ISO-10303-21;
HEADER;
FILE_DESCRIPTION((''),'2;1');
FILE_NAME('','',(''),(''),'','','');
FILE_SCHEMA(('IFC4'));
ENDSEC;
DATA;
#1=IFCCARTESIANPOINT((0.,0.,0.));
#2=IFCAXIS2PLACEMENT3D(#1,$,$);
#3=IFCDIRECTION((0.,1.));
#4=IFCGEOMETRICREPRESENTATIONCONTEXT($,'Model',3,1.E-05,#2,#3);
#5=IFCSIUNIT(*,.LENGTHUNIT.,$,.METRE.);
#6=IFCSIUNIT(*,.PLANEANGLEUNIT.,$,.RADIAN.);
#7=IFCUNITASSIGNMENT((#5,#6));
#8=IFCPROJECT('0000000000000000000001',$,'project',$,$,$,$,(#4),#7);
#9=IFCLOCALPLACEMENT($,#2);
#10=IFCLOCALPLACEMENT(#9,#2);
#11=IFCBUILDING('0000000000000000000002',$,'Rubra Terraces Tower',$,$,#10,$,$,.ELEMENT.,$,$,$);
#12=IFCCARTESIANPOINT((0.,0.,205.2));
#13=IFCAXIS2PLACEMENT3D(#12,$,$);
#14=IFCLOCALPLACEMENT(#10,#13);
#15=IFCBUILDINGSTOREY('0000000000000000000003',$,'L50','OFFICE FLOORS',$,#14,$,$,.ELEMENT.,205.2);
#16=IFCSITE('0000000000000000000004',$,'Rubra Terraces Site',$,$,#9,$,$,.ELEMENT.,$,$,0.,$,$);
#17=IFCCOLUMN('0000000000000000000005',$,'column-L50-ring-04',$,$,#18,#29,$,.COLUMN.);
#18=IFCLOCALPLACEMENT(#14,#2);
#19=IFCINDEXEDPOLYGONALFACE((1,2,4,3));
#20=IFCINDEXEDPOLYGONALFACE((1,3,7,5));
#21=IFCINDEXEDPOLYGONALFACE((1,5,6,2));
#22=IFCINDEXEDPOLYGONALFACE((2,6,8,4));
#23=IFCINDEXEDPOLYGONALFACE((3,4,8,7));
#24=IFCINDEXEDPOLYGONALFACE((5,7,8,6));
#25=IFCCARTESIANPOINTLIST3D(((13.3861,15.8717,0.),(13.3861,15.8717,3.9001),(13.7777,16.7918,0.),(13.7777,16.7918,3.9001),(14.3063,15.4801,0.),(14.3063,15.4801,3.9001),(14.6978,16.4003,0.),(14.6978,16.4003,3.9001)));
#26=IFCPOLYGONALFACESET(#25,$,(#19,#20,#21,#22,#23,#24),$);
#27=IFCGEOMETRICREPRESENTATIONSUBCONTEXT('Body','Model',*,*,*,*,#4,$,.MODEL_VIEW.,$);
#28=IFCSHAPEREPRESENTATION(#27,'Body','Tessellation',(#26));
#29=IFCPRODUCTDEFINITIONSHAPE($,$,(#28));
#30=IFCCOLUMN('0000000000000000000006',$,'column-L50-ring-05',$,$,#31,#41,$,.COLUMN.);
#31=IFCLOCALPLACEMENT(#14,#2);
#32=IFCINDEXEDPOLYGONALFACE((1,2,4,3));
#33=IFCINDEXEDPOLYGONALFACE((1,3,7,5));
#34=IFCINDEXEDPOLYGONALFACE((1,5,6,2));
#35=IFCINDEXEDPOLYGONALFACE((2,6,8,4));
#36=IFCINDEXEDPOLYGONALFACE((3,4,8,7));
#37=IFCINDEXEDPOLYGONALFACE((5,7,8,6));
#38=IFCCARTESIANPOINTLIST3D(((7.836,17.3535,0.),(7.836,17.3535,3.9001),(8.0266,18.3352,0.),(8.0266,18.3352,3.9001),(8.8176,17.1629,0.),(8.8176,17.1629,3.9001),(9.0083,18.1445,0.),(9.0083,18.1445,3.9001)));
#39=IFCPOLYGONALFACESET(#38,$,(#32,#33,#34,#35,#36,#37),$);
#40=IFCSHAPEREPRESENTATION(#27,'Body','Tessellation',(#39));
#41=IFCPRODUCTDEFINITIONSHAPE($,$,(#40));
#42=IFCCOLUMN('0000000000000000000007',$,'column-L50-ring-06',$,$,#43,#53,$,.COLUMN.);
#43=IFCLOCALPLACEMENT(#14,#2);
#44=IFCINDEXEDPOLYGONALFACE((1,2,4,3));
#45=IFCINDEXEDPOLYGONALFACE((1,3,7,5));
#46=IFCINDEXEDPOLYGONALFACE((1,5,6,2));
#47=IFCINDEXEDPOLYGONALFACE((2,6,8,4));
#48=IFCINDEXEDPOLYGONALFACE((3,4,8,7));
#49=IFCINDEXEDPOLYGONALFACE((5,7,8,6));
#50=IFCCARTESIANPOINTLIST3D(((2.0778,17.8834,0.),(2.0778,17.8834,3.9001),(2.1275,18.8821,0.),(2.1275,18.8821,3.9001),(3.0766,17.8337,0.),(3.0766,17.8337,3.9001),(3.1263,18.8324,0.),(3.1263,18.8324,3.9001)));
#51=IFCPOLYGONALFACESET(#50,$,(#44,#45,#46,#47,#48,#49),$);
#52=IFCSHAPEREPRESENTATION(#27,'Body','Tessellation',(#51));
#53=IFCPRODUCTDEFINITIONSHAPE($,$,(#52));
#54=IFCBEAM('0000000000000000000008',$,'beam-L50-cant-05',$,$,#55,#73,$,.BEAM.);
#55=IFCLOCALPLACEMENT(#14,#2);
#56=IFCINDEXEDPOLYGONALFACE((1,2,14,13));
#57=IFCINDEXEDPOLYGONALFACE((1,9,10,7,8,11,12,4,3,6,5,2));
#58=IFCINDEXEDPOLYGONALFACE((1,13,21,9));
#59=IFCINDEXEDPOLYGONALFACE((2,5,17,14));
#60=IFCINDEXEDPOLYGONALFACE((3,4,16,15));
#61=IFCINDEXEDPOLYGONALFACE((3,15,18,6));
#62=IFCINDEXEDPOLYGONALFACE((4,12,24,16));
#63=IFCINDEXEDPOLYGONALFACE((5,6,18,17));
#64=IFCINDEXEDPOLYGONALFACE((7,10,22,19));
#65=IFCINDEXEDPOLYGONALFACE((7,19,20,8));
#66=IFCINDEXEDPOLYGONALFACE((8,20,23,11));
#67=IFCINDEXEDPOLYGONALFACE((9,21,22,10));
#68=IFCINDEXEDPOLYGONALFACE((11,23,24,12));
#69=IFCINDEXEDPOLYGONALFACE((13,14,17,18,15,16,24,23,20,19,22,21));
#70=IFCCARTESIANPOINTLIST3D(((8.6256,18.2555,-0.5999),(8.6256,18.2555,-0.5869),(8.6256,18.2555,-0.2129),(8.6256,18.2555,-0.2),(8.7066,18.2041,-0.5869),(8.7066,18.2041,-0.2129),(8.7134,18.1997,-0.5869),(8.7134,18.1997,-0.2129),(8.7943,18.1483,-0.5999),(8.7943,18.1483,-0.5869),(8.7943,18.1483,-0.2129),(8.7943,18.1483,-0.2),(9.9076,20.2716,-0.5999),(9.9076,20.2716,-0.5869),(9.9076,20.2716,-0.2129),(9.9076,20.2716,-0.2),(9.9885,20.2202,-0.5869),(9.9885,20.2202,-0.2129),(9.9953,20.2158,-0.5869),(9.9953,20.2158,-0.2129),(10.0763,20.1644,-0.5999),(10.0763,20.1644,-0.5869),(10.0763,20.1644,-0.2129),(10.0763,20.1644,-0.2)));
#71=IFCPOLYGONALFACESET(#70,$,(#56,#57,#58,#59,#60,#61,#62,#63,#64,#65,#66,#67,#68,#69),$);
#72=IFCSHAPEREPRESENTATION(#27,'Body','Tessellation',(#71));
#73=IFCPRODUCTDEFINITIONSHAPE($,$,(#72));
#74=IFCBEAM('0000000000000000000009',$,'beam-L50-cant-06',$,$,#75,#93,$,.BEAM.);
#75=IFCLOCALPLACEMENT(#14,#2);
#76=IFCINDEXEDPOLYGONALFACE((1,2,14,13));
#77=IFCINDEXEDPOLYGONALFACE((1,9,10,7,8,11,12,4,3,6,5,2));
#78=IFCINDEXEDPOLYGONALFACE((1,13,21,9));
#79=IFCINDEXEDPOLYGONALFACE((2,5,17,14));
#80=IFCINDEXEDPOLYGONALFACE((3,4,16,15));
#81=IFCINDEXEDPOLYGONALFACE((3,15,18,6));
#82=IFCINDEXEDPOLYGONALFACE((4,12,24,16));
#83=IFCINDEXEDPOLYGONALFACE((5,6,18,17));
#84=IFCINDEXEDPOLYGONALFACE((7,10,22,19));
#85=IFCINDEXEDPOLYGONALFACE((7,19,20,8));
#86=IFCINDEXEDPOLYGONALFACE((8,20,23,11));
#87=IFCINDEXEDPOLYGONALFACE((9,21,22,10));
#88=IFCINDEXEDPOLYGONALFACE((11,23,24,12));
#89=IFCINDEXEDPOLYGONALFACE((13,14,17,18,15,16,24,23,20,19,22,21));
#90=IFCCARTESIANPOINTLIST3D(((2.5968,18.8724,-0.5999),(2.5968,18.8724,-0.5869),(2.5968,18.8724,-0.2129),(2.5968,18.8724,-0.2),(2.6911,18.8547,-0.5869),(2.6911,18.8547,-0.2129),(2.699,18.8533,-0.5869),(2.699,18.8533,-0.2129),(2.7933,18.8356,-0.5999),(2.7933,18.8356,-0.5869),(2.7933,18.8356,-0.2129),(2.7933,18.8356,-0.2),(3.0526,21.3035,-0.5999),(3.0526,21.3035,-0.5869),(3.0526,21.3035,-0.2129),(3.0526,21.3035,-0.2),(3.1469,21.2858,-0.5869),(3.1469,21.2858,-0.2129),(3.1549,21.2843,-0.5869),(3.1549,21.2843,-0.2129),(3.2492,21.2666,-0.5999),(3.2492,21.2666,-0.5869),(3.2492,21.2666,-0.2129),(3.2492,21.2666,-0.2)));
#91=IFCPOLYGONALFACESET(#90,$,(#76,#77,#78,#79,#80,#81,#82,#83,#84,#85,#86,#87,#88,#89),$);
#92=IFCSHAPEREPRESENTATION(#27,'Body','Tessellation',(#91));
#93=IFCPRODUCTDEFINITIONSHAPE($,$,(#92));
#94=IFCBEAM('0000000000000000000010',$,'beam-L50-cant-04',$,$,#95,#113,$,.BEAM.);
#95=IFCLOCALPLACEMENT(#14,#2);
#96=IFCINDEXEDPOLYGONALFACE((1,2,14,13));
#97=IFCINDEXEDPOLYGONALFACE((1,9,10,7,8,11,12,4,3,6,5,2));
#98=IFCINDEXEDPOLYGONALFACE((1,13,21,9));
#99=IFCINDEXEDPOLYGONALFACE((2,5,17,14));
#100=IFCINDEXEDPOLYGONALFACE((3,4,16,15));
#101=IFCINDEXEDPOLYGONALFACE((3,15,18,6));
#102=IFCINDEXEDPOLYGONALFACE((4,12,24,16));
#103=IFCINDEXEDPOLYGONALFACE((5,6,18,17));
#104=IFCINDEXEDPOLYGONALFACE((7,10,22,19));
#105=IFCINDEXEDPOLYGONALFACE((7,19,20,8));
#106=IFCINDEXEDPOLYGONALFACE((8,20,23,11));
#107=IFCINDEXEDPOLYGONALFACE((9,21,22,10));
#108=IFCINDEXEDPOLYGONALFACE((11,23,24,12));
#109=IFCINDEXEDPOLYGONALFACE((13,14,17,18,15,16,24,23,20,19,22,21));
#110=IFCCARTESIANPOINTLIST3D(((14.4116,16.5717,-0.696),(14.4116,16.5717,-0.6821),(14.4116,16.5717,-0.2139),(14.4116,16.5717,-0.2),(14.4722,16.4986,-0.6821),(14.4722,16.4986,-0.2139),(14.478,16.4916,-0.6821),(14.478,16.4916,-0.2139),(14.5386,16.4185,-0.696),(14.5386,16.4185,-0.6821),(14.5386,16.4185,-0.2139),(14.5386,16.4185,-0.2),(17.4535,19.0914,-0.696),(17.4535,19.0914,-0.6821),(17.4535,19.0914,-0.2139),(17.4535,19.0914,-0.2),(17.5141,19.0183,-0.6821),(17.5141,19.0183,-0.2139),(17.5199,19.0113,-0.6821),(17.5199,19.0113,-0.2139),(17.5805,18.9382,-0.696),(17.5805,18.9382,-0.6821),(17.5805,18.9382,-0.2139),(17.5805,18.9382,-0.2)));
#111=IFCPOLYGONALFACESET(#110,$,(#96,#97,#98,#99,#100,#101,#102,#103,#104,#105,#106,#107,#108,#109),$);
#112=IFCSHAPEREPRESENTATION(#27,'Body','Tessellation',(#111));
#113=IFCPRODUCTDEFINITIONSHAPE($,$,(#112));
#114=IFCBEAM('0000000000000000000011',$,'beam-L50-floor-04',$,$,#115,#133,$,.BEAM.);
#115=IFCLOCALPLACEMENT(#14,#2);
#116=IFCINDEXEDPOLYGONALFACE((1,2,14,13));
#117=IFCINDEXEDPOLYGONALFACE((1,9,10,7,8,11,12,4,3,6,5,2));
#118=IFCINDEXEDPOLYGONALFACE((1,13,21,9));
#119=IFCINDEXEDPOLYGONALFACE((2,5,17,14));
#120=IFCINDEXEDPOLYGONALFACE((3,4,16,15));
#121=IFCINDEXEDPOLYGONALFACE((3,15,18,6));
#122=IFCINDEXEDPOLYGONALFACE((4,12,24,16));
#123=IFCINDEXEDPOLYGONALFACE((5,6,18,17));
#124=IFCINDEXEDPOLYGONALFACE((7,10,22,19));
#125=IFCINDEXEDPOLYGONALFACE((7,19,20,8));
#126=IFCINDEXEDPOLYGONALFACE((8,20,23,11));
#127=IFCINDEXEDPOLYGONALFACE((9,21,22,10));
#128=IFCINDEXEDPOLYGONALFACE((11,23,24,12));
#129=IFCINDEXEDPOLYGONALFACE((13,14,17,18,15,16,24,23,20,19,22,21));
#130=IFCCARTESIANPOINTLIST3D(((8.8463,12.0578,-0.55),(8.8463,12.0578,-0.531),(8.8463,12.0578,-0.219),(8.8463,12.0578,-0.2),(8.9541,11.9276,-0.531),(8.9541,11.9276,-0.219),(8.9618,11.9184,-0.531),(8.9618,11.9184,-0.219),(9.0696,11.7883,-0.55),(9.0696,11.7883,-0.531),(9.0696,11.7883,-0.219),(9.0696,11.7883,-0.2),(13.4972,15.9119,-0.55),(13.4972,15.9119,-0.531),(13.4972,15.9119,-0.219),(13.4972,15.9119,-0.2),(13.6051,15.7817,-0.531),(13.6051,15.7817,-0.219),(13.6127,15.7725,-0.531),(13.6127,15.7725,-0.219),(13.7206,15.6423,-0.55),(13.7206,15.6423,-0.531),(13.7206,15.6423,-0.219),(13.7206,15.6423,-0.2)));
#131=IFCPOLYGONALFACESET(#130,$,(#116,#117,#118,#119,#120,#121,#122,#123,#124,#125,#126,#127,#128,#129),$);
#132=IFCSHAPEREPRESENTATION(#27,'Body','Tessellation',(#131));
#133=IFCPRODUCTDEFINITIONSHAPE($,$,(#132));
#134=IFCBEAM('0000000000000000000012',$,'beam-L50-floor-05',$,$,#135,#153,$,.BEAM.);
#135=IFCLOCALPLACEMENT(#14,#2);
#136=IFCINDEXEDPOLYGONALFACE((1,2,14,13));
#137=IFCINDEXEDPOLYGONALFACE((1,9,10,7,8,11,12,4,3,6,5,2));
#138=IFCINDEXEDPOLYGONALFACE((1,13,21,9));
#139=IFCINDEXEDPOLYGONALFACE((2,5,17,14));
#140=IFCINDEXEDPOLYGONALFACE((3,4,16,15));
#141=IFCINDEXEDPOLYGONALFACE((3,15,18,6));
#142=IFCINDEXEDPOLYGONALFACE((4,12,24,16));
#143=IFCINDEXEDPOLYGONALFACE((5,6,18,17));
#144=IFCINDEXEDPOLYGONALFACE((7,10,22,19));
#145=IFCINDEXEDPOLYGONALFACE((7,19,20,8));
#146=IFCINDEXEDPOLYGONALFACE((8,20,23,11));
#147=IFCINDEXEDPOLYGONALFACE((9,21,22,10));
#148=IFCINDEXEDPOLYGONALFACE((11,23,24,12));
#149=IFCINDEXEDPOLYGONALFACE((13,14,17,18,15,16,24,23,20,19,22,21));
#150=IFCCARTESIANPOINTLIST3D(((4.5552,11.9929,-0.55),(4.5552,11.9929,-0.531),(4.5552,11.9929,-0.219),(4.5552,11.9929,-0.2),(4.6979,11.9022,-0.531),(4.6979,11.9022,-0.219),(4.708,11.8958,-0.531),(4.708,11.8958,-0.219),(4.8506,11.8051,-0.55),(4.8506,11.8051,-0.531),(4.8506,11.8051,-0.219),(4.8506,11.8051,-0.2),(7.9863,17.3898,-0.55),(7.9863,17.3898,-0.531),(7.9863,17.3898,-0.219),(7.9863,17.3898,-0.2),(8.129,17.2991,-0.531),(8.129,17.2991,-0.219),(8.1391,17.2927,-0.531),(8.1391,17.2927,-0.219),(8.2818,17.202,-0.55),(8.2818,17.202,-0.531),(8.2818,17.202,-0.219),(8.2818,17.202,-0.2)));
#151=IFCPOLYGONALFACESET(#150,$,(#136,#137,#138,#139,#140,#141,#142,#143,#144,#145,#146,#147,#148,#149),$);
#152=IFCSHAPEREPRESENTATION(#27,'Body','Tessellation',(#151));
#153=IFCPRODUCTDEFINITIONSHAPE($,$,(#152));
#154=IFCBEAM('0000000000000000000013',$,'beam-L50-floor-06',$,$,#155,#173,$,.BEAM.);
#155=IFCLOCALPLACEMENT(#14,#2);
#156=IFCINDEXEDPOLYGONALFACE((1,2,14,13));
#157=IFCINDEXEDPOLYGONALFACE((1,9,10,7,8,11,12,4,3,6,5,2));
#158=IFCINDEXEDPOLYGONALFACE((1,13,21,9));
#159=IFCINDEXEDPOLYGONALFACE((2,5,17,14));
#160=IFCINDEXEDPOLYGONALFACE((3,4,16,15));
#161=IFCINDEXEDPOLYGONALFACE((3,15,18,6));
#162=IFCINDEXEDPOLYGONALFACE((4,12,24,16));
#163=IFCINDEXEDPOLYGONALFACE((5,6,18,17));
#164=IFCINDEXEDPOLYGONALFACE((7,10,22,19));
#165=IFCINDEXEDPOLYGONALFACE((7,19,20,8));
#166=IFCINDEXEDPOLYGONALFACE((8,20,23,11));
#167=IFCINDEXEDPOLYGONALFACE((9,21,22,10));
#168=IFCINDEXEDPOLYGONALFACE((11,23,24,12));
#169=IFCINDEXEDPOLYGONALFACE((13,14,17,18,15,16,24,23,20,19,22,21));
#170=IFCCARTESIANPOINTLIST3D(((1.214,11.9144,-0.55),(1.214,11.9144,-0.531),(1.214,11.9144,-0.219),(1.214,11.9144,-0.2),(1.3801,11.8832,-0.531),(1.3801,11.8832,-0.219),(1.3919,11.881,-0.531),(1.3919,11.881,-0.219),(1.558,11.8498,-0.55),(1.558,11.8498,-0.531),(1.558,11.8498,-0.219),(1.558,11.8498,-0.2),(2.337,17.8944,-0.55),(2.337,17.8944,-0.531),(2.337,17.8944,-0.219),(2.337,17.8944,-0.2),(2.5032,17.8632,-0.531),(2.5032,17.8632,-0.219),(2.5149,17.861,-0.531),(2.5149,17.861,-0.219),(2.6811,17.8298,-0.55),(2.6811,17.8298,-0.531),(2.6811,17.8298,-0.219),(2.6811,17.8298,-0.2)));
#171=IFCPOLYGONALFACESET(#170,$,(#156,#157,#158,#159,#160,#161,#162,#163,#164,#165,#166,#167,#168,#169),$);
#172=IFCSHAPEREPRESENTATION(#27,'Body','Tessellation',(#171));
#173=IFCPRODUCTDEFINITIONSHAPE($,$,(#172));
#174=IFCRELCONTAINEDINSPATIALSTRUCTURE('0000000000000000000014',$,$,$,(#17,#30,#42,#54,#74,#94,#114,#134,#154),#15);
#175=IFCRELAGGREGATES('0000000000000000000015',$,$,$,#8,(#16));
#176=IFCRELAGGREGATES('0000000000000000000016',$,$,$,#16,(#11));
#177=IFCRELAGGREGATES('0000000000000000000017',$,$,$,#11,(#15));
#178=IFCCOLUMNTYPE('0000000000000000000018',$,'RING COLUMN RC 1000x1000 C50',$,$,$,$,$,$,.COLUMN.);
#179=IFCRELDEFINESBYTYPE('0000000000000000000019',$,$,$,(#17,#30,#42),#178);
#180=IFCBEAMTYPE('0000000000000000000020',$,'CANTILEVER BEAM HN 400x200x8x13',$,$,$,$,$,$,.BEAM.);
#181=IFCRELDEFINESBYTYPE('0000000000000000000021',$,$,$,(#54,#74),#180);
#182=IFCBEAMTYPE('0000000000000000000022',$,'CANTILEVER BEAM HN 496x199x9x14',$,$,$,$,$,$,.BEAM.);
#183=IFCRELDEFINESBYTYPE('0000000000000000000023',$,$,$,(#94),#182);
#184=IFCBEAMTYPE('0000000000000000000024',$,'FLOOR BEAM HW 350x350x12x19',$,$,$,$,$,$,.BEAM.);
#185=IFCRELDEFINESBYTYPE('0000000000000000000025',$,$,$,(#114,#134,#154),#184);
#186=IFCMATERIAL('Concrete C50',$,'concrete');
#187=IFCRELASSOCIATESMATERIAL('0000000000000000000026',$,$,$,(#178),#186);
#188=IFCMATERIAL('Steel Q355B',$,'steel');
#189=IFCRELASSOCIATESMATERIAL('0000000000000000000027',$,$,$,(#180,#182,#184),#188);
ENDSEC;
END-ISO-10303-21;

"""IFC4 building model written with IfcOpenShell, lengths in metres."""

from ifc_helpers import new_model, si_unit, direction, frame, origin, origin_2d, place, context, subcontext, project, spatial, rectangle, i_section, extrude, material, material_profile, profile_set, type_object, element, save


model = new_model("IFC4")

# Units and contexts
model_context = context("Model", 3, precision=1e-05, world=origin(), true_north=direction((0.0, 1.0)))
body_context = subcontext(model_context, "Body", "Model", "MODEL_VIEW")
ifc_project = project(units=[si_unit("LENGTHUNIT", "METRE"), si_unit("PLANEANGLEUNIT", "RADIAN")], contexts=[model_context])

# Site, building, storey
site_placement = place(None, origin())
site = spatial("IfcSite", under=ifc_project, at=site_placement, Name="Rubra Terraces Site", CompositionType="ELEMENT", RefElevation=0.0)
building_placement = place(site_placement, origin())
building = spatial("IfcBuilding", under=site, at=building_placement, Name="Rubra Terraces Tower", CompositionType="ELEMENT")
storey_placement = place(building_placement, frame((0.0, 0.0, 205.2)))
storey = spatial("IfcBuildingStorey", under=building, at=storey_placement, Name="L50", Description="OFFICE FLOORS", CompositionType="ELEMENT", Elevation=205.2)

# Columns
ifc_material_1 = material(Name="Concrete C50", Category="concrete")
ifc_material_profile_1 = material_profile(ifc_material_1, rectangle(XDim=1.0, YDim=1.0, at=origin_2d()), Name="RC 1000x1000")
ifc_profile_set_1 = profile_set([ifc_material_profile_1], Name="Concrete C50")
column_type = type_object("IfcColumnType", Name="RING COLUMN RC 1000x1000 C50", PredefinedType="COLUMN", material=ifc_profile_set_1)
for number, where, z_axis, x_axis, name in (
    (1, (14.042, 16.136, 0.0), (0.0, 0.0, 1.0), (-0.920168, 0.391524, 0.0), "column-L50-ring-04"),
    (2, (8.4221, 17.749, 0.0), (0.0, 0.0, 1.0), (-0.981655, 0.190668, 0.0), "column-L50-ring-05"),
    (3, (2.6021, 18.3579, 0.0), (0.0, 0.0, 1.0), (-0.998764, 0.049699, 0.0), "column-L50-ring-06"),
):
    element("IfcColumn", number, at=place(storey_placement, frame(where, z_axis=z_axis, x_axis=x_axis)), inside=storey, type_object=column_type, Name=name, PredefinedType="COLUMN", context=body_context, shape_type="SweptSolid", body=[
        extrude(rectangle(XDim=1.0, YDim=1.0, at=origin_2d()), origin(), (0.0, 0.0, 1.0), 3.9001),
    ])

# Beams
ifc_material_2 = material(Name="Steel Q355B", Category="steel")
ifc_material_profile_2 = material_profile(ifc_material_2, i_section(OverallWidth=0.2, OverallDepth=0.3999, WebThickness=0.0081, FlangeThickness=0.0129, at=origin_2d()), Name="HN 400x200x8x13")
ifc_profile_set_2 = profile_set([ifc_material_profile_2], Name="Steel Q355B")
beam_type_1 = type_object("IfcBeamType", Name="CANTILEVER BEAM HN 400x200x8x13", PredefinedType="BEAM", material=ifc_profile_set_2)
beam_1_placement = place(storey_placement, frame((8.71, 18.2019, -0.3999), z_axis=(0.536578, 0.843851, 0.0), x_axis=(-0.843851, 0.536578, 0.0)))
element("IfcBeam", 4, at=beam_1_placement, inside=storey, type_object=beam_type_1, Name="beam-L50-cant-05", PredefinedType="BEAM", context=body_context, shape_type="SweptSolid", body=[
    extrude(i_section(OverallWidth=0.2, OverallDepth=0.3999, WebThickness=0.0081, FlangeThickness=0.0129, at=origin_2d()), origin(), (0.0, 0.0, 1.0), 2.3892),
])
beam_2_placement = place(storey_placement, frame((2.6951, 18.854, -0.3999), z_axis=(0.184294, 0.982871, 0.0), x_axis=(-0.982871, 0.184294, 0.0)))
element("IfcBeam", 5, at=beam_2_placement, inside=storey, type_object=beam_type_1, Name="beam-L50-cant-06", PredefinedType="BEAM", context=body_context, shape_type="SweptSolid", body=[
    extrude(i_section(OverallWidth=0.2, OverallDepth=0.3999, WebThickness=0.0081, FlangeThickness=0.0129, at=origin_2d()), origin(), (0.0, 0.0, 1.0), 2.4734),
])
ifc_material_profile_3 = material_profile(ifc_material_2, i_section(OverallWidth=0.199, OverallDepth=0.4961, WebThickness=0.009, FlangeThickness=0.0139, at=origin_2d()), Name="HN 496x199x9x14")
ifc_profile_set_3 = profile_set([ifc_material_profile_3], Name="Steel Q355B")
beam_type_2 = type_object("IfcBeamType", Name="CANTILEVER BEAM HN 496x199x9x14", PredefinedType="BEAM", material=ifc_profile_set_3)
beam_3_placement = place(storey_placement, frame((14.4751, 16.4951, -0.448), z_axis=(0.770113, 0.637908, 0.0), x_axis=(-0.637908, 0.770113, 0.0)))
element("IfcBeam", 6, at=beam_3_placement, inside=storey, type_object=beam_type_2, Name="beam-L50-cant-04", PredefinedType="BEAM", context=body_context, shape_type="SweptSolid", body=[
    extrude(i_section(OverallWidth=0.199, OverallDepth=0.4961, WebThickness=0.009, FlangeThickness=0.0139, at=origin_2d()), origin(), (0.0, 0.0, 1.0), 3.95),
])
ifc_material_profile_4 = material_profile(ifc_material_2, i_section(OverallWidth=0.3501, OverallDepth=0.3501, WebThickness=0.012, FlangeThickness=0.019, at=origin_2d()), Name="HW 350x350x12x19")
ifc_profile_set_4 = profile_set([ifc_material_profile_4], Name="Steel Q355B")
beam_type_3 = type_object("IfcBeamType", Name="FLOOR BEAM HW 350x350x12x19", PredefinedType="BEAM", material=ifc_profile_set_4)
beam_4_placement = place(storey_placement, frame((13.6089, 15.7771, -0.375), z_axis=(-0.769988, -0.638059, 0.0), x_axis=(0.638059, -0.769988, 0.0)))
element("IfcBeam", 7, at=beam_4_placement, inside=storey, type_object=beam_type_3, Name="beam-L50-floor-04", PredefinedType="BEAM", context=body_context, shape_type="SweptSolid", body=[
    extrude(i_section(OverallWidth=0.3501, OverallDepth=0.3501, WebThickness=0.012, FlangeThickness=0.019, at=origin_2d()), origin(), (0.0, 0.0, 1.0), 6.0403),
])
beam_5_placement = place(storey_placement, frame((8.134, 17.2959, -0.375), z_axis=(-0.53651, -0.843894, 0.0), x_axis=(0.843894, -0.53651, 0.0)))
element("IfcBeam", 8, at=beam_5_placement, inside=storey, type_object=beam_type_3, Name="beam-L50-floor-05", PredefinedType="BEAM", context=body_context, shape_type="SweptSolid", body=[
    extrude(i_section(OverallWidth=0.3501, OverallDepth=0.3501, WebThickness=0.012, FlangeThickness=0.019, at=origin_2d()), origin(), (0.0, 0.0, 1.0), 6.3953),
])
beam_6_placement = place(storey_placement, frame((2.509, 17.8621, -0.375), z_axis=(-0.184574, -0.982819, 0.0), x_axis=(0.982819, -0.184574, 0.0)))
element("IfcBeam", 9, at=beam_6_placement, inside=storey, type_object=beam_type_3, Name="beam-L50-floor-06", PredefinedType="BEAM", context=body_context, shape_type="SweptSolid", body=[
    extrude(i_section(OverallWidth=0.3501, OverallDepth=0.3501, WebThickness=0.012, FlangeThickness=0.019, at=origin_2d()), origin(), (0.0, 0.0, 1.0), 6.0845),
])

save(model, "model.ifc")
